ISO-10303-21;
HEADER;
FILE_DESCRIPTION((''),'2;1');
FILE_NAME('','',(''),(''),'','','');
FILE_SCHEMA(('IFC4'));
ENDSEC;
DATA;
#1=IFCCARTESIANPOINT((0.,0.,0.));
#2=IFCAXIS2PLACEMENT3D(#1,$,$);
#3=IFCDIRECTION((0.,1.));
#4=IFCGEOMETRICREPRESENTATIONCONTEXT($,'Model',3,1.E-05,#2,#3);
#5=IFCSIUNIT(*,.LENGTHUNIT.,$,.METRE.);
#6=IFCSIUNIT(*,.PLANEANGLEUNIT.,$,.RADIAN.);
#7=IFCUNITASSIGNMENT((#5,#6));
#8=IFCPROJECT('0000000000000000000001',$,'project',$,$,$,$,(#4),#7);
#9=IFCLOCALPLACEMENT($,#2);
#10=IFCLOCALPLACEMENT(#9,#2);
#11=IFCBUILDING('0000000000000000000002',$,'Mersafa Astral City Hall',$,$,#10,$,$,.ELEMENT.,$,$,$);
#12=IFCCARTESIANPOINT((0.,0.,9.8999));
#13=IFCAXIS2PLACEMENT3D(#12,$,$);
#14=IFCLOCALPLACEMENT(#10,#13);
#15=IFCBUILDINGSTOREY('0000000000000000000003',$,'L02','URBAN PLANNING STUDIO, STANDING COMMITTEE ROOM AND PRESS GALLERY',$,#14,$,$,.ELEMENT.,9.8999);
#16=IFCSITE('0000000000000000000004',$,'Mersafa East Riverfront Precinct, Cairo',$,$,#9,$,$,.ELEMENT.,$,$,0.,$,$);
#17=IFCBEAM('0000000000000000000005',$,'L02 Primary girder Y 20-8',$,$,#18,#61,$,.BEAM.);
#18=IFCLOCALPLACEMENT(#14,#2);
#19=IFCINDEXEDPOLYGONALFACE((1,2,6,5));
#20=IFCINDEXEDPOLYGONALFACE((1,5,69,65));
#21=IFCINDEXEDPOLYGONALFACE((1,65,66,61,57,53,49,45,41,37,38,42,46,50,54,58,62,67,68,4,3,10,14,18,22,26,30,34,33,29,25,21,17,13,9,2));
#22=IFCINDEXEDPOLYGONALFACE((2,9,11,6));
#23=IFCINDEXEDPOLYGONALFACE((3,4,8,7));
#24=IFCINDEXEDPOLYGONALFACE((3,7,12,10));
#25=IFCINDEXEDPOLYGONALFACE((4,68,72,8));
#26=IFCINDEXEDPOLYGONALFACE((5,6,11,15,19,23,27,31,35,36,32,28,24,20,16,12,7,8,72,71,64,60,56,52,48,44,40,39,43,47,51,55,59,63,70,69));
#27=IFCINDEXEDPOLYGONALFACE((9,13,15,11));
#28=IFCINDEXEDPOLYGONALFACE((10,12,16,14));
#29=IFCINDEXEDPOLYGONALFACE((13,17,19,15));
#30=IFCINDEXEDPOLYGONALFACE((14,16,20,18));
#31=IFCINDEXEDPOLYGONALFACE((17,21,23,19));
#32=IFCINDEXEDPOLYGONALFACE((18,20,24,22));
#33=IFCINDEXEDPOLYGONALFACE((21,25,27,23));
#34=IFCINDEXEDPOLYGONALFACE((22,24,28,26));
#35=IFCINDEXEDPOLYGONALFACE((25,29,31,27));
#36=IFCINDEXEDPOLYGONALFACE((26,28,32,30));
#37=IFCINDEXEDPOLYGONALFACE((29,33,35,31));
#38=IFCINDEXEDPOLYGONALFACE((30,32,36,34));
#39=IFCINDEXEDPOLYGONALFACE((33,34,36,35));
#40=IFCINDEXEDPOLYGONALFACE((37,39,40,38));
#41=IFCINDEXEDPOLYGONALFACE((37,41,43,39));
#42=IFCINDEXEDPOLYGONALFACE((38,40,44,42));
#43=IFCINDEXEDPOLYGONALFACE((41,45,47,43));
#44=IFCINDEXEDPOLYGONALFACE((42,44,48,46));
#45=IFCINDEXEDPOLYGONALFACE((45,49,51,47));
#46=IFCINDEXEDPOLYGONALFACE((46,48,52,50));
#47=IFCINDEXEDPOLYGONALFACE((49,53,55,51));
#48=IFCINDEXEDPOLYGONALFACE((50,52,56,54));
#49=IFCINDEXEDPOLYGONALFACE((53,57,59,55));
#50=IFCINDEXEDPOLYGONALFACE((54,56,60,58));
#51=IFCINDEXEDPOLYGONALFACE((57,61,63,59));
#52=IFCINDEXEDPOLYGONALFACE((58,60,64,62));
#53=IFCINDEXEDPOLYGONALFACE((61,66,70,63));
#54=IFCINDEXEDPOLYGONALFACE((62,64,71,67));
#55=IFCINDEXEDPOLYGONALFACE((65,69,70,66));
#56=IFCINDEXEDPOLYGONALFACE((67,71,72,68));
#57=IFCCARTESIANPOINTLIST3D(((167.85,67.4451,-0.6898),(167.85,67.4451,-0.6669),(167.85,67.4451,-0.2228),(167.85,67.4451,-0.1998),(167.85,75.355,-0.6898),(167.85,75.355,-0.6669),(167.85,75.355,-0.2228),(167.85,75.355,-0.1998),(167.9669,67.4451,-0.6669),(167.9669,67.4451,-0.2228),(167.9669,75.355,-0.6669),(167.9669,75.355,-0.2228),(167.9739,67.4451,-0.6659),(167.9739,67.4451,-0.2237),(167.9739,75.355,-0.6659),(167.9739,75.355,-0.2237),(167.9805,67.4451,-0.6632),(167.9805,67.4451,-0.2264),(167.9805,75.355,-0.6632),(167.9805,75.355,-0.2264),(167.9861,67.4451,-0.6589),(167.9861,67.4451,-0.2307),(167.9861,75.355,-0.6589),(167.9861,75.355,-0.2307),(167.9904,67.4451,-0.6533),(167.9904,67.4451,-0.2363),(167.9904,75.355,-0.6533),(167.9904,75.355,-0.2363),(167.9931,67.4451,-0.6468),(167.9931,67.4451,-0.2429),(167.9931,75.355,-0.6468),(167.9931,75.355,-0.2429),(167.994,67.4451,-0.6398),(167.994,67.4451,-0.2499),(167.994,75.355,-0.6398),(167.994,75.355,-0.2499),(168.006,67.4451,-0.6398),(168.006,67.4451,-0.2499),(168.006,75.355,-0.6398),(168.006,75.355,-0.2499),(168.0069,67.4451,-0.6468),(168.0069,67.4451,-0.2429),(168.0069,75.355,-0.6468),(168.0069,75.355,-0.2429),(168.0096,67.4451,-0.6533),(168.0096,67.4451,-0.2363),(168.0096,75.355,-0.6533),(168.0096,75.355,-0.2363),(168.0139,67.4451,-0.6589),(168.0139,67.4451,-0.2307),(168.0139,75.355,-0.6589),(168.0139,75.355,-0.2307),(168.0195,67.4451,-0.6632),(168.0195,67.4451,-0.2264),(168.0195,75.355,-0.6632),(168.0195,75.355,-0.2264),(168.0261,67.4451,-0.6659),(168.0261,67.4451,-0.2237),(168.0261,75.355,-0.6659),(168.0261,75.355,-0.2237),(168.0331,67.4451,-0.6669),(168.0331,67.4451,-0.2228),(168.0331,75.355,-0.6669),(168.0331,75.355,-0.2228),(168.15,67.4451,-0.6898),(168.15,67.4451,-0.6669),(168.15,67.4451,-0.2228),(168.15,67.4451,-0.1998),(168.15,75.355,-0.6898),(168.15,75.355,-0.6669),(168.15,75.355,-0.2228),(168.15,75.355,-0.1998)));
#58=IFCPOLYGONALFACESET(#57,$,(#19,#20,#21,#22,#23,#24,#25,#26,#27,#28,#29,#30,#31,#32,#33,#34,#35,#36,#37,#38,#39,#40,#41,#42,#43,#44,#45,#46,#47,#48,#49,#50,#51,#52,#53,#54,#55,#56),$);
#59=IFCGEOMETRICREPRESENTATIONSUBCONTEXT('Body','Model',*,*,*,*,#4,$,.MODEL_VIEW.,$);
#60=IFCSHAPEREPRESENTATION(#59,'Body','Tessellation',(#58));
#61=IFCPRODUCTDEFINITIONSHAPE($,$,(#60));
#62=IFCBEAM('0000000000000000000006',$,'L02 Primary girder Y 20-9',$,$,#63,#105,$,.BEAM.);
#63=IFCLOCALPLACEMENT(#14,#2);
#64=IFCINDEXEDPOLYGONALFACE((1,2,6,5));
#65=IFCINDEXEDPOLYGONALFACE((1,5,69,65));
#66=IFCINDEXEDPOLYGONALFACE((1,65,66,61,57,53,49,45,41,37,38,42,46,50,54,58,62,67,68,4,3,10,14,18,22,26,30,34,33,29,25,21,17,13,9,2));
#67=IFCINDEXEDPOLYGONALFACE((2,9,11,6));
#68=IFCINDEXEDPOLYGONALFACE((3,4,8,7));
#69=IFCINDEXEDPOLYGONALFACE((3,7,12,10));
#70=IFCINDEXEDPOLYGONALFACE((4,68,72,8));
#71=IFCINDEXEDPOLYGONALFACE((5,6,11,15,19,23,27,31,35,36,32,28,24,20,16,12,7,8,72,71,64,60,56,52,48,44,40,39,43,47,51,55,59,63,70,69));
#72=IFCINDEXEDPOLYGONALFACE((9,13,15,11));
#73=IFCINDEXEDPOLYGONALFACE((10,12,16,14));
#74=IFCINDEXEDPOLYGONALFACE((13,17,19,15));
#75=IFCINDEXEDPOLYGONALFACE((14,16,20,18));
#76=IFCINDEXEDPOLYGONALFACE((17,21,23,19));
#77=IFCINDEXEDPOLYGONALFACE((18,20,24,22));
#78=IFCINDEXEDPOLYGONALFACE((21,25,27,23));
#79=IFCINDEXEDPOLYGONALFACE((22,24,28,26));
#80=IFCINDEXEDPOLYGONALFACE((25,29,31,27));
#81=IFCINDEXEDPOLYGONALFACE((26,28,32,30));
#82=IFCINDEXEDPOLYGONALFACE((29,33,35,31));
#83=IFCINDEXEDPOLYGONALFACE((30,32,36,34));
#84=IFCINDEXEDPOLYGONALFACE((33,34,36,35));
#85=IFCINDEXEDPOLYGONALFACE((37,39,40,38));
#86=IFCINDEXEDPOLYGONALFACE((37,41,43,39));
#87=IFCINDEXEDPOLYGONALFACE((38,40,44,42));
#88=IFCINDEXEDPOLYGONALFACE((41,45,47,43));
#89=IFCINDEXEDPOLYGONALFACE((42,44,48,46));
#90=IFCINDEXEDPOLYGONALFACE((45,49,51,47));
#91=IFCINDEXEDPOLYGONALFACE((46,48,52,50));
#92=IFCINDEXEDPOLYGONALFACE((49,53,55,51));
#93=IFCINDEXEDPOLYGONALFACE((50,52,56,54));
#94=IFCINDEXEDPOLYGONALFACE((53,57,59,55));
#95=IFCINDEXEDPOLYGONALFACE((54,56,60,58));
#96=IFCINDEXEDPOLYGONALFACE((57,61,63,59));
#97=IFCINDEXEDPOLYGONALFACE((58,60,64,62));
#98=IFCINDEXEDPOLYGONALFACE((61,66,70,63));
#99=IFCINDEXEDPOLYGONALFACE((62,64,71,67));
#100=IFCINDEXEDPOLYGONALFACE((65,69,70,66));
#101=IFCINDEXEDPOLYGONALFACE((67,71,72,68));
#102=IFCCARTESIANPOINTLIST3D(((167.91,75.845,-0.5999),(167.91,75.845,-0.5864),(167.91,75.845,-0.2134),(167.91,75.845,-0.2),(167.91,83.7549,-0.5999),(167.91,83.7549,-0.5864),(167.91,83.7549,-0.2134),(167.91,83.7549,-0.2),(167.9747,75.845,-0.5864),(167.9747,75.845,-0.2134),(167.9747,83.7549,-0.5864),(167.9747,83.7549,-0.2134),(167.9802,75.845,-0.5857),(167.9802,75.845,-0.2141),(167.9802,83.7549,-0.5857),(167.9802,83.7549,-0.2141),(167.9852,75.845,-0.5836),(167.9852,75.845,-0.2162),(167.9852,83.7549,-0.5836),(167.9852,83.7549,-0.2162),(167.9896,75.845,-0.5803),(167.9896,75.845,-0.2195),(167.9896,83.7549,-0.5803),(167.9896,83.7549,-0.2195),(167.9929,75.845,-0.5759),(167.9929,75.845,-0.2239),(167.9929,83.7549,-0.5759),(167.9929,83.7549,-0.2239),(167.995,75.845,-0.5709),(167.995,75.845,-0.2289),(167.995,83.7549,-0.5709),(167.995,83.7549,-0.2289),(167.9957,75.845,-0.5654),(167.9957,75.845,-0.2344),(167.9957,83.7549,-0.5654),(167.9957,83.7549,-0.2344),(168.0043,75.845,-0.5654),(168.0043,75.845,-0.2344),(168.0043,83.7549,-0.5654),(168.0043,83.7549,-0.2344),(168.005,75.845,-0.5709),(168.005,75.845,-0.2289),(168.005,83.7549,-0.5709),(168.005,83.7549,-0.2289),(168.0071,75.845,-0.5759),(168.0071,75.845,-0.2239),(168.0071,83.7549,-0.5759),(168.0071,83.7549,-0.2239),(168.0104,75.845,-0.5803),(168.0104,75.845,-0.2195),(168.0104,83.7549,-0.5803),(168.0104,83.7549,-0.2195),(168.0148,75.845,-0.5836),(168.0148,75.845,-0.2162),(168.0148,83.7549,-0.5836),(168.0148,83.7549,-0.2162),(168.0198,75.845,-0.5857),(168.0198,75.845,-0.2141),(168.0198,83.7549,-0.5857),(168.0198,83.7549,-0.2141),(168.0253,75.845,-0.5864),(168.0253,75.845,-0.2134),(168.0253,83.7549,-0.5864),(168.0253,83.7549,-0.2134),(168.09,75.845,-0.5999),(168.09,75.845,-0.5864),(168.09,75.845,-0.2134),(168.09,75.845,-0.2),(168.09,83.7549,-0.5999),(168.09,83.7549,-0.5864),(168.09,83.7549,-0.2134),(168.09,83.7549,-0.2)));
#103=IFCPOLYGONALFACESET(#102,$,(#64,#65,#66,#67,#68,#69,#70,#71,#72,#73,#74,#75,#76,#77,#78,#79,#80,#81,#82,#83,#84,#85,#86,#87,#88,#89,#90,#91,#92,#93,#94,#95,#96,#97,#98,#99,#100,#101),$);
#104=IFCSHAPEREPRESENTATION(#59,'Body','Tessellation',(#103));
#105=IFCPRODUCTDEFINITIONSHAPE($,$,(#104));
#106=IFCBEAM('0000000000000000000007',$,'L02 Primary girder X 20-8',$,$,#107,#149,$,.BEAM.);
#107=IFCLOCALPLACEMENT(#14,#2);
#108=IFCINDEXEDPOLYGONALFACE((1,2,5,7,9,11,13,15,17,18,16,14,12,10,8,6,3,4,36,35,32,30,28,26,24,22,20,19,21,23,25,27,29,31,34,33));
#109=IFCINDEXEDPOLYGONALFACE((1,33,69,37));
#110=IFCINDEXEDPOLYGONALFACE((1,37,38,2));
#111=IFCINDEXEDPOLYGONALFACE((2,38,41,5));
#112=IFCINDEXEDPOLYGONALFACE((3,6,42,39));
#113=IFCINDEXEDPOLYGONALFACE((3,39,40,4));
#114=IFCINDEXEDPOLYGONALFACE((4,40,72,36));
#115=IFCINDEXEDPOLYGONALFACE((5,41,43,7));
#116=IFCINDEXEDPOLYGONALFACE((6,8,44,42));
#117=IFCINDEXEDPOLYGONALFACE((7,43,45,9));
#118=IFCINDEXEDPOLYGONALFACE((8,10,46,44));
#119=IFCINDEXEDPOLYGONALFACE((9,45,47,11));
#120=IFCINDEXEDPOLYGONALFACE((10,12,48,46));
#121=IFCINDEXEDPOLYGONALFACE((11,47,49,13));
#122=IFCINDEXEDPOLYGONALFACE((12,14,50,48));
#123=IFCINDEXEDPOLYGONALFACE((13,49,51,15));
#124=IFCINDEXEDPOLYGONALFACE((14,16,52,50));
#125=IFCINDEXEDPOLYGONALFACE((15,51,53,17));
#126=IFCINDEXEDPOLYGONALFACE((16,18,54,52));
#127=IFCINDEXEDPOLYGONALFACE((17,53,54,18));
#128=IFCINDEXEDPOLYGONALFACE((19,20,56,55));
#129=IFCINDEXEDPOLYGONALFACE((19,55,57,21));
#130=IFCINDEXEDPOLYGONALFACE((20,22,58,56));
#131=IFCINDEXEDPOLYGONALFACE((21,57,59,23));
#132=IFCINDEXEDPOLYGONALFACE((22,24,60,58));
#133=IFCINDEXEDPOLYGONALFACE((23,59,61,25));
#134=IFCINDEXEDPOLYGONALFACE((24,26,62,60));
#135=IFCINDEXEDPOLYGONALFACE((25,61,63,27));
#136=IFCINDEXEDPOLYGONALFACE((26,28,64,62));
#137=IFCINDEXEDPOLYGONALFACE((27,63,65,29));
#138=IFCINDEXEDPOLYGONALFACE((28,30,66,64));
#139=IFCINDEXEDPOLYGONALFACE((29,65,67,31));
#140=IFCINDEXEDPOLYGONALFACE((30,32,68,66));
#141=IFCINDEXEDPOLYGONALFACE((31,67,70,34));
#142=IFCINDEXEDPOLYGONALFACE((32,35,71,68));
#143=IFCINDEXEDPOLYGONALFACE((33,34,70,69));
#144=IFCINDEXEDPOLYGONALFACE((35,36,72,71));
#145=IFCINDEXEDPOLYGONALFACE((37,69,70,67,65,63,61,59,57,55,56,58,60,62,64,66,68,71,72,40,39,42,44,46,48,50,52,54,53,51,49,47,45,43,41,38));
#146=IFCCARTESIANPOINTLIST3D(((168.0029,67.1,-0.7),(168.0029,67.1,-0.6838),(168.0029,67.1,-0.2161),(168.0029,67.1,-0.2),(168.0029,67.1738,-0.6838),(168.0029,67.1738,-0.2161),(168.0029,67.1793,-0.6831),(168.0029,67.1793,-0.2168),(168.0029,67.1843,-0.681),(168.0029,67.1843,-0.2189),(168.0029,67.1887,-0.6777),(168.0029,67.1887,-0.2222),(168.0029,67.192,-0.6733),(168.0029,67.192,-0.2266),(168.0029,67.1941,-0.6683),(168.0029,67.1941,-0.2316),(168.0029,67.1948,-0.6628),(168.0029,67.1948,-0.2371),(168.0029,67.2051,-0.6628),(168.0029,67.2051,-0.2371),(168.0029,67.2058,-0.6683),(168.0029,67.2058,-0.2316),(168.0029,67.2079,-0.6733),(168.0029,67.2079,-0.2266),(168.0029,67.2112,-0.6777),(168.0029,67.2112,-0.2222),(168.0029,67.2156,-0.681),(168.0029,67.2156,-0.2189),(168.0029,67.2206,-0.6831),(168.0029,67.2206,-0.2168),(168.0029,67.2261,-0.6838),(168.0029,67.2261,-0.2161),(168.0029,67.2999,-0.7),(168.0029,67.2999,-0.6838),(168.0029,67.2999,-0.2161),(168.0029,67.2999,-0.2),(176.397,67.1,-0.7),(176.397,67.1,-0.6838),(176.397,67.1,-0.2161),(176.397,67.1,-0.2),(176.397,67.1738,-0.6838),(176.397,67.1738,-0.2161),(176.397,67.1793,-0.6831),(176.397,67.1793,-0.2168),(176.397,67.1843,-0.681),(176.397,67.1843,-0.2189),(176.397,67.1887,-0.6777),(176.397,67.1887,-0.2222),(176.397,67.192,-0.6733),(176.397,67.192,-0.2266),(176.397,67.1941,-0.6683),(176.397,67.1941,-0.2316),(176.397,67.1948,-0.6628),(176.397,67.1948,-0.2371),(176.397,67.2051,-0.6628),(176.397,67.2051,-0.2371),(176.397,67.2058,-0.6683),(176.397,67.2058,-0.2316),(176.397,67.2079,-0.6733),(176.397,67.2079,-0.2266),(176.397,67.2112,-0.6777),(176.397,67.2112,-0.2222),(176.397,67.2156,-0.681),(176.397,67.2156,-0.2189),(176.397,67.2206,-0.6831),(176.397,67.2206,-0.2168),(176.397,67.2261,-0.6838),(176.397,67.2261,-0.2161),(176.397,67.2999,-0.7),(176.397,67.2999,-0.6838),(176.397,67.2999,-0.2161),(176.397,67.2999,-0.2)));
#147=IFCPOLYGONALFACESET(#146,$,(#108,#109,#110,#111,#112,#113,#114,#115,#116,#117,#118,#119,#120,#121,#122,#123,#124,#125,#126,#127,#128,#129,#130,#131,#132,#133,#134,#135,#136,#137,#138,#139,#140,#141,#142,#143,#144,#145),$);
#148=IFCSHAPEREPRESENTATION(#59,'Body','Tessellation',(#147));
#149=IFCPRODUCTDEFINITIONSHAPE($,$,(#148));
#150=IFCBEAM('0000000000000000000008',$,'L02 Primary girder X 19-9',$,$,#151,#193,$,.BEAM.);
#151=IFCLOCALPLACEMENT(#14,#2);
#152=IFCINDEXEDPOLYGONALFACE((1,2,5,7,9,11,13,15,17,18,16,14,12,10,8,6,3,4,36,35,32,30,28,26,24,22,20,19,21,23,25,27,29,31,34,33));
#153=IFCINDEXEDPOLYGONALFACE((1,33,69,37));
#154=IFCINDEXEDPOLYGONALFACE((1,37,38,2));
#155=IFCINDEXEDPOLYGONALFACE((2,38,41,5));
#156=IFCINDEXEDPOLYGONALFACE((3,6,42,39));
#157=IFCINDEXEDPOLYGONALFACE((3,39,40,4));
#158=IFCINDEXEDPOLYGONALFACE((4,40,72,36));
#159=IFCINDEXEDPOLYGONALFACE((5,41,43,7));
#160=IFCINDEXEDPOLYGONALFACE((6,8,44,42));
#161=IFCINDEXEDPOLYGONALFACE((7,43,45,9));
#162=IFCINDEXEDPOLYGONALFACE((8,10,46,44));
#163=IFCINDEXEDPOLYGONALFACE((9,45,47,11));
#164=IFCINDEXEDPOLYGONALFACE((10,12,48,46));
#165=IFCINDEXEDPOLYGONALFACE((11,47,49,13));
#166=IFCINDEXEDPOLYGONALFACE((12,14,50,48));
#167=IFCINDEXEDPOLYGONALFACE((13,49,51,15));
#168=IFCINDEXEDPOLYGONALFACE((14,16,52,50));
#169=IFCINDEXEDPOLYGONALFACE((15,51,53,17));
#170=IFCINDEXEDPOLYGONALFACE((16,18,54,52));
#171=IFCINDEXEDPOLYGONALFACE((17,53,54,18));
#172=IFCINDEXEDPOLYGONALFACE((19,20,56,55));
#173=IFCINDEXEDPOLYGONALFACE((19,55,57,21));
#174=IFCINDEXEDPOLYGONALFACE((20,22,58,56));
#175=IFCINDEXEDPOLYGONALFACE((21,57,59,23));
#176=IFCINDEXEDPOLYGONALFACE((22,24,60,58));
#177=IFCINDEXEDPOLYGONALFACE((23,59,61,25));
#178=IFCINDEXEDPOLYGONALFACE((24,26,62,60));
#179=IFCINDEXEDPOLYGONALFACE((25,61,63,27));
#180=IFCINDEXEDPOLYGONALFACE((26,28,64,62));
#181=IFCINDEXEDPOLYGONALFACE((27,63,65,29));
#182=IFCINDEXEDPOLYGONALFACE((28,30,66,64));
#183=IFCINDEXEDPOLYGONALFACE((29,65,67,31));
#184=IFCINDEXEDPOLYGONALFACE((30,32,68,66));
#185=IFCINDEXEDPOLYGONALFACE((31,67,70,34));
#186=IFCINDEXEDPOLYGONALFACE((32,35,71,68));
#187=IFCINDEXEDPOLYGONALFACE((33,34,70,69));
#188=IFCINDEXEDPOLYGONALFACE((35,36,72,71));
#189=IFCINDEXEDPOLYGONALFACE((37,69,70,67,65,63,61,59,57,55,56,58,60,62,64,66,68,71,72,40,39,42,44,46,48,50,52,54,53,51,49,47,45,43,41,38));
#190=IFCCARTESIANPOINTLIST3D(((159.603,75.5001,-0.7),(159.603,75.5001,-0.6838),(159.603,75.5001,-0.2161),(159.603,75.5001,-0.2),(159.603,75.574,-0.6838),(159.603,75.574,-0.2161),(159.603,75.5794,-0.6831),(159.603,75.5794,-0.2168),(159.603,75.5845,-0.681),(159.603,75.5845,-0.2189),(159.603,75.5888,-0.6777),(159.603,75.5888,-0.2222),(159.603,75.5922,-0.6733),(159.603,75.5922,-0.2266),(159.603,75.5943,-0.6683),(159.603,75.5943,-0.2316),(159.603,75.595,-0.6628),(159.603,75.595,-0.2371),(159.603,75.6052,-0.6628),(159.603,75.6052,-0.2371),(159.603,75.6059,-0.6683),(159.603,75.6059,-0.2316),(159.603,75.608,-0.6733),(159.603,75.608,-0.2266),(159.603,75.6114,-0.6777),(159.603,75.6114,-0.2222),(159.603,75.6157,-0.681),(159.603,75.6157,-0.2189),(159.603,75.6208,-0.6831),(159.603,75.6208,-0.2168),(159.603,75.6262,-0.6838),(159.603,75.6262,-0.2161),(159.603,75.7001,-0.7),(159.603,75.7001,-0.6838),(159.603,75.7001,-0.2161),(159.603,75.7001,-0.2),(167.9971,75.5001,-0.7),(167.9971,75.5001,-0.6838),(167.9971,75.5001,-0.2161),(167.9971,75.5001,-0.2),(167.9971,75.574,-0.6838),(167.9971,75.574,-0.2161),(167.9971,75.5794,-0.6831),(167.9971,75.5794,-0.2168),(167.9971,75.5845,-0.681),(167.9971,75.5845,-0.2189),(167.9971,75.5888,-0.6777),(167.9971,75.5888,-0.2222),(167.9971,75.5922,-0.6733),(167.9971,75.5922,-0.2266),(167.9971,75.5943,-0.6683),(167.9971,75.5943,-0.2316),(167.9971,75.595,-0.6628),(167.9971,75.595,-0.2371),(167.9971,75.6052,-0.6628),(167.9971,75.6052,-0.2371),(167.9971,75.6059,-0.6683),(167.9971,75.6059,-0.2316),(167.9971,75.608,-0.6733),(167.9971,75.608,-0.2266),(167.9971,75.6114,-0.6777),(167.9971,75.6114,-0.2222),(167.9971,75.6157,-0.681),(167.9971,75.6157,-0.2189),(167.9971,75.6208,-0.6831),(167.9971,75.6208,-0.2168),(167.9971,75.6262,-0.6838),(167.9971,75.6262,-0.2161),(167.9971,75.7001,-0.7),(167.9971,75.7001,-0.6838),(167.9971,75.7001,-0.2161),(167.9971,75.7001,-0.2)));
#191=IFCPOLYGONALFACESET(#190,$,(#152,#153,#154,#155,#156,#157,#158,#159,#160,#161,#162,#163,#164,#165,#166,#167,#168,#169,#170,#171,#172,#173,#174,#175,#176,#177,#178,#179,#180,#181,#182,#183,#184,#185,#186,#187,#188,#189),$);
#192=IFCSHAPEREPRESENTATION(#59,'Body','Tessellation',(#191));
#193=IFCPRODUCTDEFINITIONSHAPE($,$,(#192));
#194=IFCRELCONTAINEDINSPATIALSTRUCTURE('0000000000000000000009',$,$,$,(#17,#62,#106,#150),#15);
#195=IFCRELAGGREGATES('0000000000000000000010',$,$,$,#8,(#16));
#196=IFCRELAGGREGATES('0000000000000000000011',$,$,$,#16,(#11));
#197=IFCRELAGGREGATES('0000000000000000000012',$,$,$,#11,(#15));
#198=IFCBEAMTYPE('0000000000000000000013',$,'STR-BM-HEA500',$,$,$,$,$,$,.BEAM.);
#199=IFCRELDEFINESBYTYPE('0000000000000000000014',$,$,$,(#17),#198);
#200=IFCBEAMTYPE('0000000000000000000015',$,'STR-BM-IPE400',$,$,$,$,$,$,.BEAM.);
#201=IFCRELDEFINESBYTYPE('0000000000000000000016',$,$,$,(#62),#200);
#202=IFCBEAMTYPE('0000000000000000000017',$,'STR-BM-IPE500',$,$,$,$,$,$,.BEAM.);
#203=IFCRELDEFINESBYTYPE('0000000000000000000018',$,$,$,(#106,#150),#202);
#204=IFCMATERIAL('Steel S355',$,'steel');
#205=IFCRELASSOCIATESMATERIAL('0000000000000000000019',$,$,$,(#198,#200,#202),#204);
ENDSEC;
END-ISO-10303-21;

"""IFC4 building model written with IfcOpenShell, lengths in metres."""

from ifc_helpers import new_model, si_unit, direction, frame, origin, origin_2d, place, context, subcontext, project, spatial, i_section, extrude, material, material_profile, profile_set, type_object, element, save


model = new_model("IFC4")

# Units and contexts
model_context = context("Model", 3, precision=1e-05, world=origin(), true_north=direction((0.0, 1.0)))
body_context = subcontext(model_context, "Body", "Model", "MODEL_VIEW")
ifc_project = project(units=[si_unit("LENGTHUNIT", "METRE"), si_unit("PLANEANGLEUNIT", "RADIAN")], contexts=[model_context])

# Site, building, storey
site_placement = place(None, origin())
site = spatial("IfcSite", under=ifc_project, at=site_placement, Name="Mersafa East Riverfront Precinct, Cairo", CompositionType="ELEMENT", RefElevation=0.0)
building_placement = place(site_placement, origin())
building = spatial("IfcBuilding", under=site, at=building_placement, Name="Mersafa Astral City Hall", CompositionType="ELEMENT")
storey_placement = place(building_placement, frame((0.0, 0.0, 9.8999)))
storey = spatial("IfcBuildingStorey", under=building, at=storey_placement, Name="L02", Description="URBAN PLANNING STUDIO, STANDING COMMITTEE ROOM AND PRESS GALLERY", CompositionType="ELEMENT", Elevation=9.8999)

# Shared definitions
ifc_material_1 = material(Name="Steel S355", Category="steel")

# Beams
ifc_material_profile_1 = material_profile(ifc_material_1, i_section(OverallWidth=0.3, OverallDepth=0.49, WebThickness=0.012, FlangeThickness=0.0229, FilletRadius=0.0271, at=origin_2d()), Name="HEA 500")
ifc_profile_set_1 = profile_set([ifc_material_profile_1], Name="Steel S355")
beam_type_1 = type_object("IfcBeamType", Name="STR-BM-HEA500", PredefinedType="BEAM", material=ifc_profile_set_1)
beam_1_placement = place(storey_placement, frame((168.0, 67.4451, -0.4448), z_axis=(0.0, 1.0, 0.0), x_axis=(-1.0, 0.0, 0.0)))
element("IfcBeam", 1, at=beam_1_placement, inside=storey, type_object=beam_type_1, Name="L02 Primary girder Y 20-8", PredefinedType="BEAM", context=body_context, shape_type="SweptSolid", body=[
    extrude(i_section(OverallWidth=0.3, OverallDepth=0.49, WebThickness=0.012, FlangeThickness=0.0229, FilletRadius=0.0271, at=origin_2d()), origin(), (0.0, 0.0, 1.0), 7.9099),
])
ifc_material_profile_2 = material_profile(ifc_material_1, i_section(OverallWidth=0.1799, OverallDepth=0.3999, WebThickness=0.0085, FlangeThickness=0.0134, FilletRadius=0.021, at=origin_2d()), Name="IPE 400")
ifc_profile_set_2 = profile_set([ifc_material_profile_2], Name="Steel S355")
beam_type_2 = type_object("IfcBeamType", Name="STR-BM-IPE400", PredefinedType="BEAM", material=ifc_profile_set_2)
beam_2_placement = place(storey_placement, frame((168.0, 75.845, -0.3999), z_axis=(0.0, 1.0, 0.0), x_axis=(-1.0, 0.0, 0.0)))
element("IfcBeam", 2, at=beam_2_placement, inside=storey, type_object=beam_type_2, Name="L02 Primary girder Y 20-9", PredefinedType="BEAM", context=body_context, shape_type="SweptSolid", body=[
    extrude(i_section(OverallWidth=0.1799, OverallDepth=0.3999, WebThickness=0.0085, FlangeThickness=0.0134, FilletRadius=0.021, at=origin_2d()), origin(), (0.0, 0.0, 1.0), 7.9099),
])
ifc_material_profile_3 = material_profile(ifc_material_1, i_section(OverallWidth=0.2, OverallDepth=0.5, WebThickness=0.0103, FlangeThickness=0.0161, FilletRadius=0.021, at=origin_2d()), Name="IPE 500")
ifc_profile_set_3 = profile_set([ifc_material_profile_3], Name="Steel S355")
beam_type_3 = type_object("IfcBeamType", Name="STR-BM-IPE500", PredefinedType="BEAM", material=ifc_profile_set_3)
for number, where, z_axis, x_axis, name in (
    (3, (168.0029, 67.2, -0.45), (1.0, 0.0, 0.0), (0.0, 1.0, 0.0), "L02 Primary girder X 20-8"),
    (4, (159.603, 75.6001, -0.45), (1.0, 0.0, 0.0), (0.0, 1.0, 0.0), "L02 Primary girder X 19-9"),
):
    element("IfcBeam", number, at=place(storey_placement, frame(where, z_axis=z_axis, x_axis=x_axis)), inside=storey, type_object=beam_type_3, Name=name, PredefinedType="BEAM", context=body_context, shape_type="SweptSolid", body=[
        extrude(i_section(OverallWidth=0.2, OverallDepth=0.5, WebThickness=0.0103, FlangeThickness=0.0161, FilletRadius=0.021, at=origin_2d()), origin(), (0.0, 0.0, 1.0), 8.394),
    ])

save(model, "model.ifc")
